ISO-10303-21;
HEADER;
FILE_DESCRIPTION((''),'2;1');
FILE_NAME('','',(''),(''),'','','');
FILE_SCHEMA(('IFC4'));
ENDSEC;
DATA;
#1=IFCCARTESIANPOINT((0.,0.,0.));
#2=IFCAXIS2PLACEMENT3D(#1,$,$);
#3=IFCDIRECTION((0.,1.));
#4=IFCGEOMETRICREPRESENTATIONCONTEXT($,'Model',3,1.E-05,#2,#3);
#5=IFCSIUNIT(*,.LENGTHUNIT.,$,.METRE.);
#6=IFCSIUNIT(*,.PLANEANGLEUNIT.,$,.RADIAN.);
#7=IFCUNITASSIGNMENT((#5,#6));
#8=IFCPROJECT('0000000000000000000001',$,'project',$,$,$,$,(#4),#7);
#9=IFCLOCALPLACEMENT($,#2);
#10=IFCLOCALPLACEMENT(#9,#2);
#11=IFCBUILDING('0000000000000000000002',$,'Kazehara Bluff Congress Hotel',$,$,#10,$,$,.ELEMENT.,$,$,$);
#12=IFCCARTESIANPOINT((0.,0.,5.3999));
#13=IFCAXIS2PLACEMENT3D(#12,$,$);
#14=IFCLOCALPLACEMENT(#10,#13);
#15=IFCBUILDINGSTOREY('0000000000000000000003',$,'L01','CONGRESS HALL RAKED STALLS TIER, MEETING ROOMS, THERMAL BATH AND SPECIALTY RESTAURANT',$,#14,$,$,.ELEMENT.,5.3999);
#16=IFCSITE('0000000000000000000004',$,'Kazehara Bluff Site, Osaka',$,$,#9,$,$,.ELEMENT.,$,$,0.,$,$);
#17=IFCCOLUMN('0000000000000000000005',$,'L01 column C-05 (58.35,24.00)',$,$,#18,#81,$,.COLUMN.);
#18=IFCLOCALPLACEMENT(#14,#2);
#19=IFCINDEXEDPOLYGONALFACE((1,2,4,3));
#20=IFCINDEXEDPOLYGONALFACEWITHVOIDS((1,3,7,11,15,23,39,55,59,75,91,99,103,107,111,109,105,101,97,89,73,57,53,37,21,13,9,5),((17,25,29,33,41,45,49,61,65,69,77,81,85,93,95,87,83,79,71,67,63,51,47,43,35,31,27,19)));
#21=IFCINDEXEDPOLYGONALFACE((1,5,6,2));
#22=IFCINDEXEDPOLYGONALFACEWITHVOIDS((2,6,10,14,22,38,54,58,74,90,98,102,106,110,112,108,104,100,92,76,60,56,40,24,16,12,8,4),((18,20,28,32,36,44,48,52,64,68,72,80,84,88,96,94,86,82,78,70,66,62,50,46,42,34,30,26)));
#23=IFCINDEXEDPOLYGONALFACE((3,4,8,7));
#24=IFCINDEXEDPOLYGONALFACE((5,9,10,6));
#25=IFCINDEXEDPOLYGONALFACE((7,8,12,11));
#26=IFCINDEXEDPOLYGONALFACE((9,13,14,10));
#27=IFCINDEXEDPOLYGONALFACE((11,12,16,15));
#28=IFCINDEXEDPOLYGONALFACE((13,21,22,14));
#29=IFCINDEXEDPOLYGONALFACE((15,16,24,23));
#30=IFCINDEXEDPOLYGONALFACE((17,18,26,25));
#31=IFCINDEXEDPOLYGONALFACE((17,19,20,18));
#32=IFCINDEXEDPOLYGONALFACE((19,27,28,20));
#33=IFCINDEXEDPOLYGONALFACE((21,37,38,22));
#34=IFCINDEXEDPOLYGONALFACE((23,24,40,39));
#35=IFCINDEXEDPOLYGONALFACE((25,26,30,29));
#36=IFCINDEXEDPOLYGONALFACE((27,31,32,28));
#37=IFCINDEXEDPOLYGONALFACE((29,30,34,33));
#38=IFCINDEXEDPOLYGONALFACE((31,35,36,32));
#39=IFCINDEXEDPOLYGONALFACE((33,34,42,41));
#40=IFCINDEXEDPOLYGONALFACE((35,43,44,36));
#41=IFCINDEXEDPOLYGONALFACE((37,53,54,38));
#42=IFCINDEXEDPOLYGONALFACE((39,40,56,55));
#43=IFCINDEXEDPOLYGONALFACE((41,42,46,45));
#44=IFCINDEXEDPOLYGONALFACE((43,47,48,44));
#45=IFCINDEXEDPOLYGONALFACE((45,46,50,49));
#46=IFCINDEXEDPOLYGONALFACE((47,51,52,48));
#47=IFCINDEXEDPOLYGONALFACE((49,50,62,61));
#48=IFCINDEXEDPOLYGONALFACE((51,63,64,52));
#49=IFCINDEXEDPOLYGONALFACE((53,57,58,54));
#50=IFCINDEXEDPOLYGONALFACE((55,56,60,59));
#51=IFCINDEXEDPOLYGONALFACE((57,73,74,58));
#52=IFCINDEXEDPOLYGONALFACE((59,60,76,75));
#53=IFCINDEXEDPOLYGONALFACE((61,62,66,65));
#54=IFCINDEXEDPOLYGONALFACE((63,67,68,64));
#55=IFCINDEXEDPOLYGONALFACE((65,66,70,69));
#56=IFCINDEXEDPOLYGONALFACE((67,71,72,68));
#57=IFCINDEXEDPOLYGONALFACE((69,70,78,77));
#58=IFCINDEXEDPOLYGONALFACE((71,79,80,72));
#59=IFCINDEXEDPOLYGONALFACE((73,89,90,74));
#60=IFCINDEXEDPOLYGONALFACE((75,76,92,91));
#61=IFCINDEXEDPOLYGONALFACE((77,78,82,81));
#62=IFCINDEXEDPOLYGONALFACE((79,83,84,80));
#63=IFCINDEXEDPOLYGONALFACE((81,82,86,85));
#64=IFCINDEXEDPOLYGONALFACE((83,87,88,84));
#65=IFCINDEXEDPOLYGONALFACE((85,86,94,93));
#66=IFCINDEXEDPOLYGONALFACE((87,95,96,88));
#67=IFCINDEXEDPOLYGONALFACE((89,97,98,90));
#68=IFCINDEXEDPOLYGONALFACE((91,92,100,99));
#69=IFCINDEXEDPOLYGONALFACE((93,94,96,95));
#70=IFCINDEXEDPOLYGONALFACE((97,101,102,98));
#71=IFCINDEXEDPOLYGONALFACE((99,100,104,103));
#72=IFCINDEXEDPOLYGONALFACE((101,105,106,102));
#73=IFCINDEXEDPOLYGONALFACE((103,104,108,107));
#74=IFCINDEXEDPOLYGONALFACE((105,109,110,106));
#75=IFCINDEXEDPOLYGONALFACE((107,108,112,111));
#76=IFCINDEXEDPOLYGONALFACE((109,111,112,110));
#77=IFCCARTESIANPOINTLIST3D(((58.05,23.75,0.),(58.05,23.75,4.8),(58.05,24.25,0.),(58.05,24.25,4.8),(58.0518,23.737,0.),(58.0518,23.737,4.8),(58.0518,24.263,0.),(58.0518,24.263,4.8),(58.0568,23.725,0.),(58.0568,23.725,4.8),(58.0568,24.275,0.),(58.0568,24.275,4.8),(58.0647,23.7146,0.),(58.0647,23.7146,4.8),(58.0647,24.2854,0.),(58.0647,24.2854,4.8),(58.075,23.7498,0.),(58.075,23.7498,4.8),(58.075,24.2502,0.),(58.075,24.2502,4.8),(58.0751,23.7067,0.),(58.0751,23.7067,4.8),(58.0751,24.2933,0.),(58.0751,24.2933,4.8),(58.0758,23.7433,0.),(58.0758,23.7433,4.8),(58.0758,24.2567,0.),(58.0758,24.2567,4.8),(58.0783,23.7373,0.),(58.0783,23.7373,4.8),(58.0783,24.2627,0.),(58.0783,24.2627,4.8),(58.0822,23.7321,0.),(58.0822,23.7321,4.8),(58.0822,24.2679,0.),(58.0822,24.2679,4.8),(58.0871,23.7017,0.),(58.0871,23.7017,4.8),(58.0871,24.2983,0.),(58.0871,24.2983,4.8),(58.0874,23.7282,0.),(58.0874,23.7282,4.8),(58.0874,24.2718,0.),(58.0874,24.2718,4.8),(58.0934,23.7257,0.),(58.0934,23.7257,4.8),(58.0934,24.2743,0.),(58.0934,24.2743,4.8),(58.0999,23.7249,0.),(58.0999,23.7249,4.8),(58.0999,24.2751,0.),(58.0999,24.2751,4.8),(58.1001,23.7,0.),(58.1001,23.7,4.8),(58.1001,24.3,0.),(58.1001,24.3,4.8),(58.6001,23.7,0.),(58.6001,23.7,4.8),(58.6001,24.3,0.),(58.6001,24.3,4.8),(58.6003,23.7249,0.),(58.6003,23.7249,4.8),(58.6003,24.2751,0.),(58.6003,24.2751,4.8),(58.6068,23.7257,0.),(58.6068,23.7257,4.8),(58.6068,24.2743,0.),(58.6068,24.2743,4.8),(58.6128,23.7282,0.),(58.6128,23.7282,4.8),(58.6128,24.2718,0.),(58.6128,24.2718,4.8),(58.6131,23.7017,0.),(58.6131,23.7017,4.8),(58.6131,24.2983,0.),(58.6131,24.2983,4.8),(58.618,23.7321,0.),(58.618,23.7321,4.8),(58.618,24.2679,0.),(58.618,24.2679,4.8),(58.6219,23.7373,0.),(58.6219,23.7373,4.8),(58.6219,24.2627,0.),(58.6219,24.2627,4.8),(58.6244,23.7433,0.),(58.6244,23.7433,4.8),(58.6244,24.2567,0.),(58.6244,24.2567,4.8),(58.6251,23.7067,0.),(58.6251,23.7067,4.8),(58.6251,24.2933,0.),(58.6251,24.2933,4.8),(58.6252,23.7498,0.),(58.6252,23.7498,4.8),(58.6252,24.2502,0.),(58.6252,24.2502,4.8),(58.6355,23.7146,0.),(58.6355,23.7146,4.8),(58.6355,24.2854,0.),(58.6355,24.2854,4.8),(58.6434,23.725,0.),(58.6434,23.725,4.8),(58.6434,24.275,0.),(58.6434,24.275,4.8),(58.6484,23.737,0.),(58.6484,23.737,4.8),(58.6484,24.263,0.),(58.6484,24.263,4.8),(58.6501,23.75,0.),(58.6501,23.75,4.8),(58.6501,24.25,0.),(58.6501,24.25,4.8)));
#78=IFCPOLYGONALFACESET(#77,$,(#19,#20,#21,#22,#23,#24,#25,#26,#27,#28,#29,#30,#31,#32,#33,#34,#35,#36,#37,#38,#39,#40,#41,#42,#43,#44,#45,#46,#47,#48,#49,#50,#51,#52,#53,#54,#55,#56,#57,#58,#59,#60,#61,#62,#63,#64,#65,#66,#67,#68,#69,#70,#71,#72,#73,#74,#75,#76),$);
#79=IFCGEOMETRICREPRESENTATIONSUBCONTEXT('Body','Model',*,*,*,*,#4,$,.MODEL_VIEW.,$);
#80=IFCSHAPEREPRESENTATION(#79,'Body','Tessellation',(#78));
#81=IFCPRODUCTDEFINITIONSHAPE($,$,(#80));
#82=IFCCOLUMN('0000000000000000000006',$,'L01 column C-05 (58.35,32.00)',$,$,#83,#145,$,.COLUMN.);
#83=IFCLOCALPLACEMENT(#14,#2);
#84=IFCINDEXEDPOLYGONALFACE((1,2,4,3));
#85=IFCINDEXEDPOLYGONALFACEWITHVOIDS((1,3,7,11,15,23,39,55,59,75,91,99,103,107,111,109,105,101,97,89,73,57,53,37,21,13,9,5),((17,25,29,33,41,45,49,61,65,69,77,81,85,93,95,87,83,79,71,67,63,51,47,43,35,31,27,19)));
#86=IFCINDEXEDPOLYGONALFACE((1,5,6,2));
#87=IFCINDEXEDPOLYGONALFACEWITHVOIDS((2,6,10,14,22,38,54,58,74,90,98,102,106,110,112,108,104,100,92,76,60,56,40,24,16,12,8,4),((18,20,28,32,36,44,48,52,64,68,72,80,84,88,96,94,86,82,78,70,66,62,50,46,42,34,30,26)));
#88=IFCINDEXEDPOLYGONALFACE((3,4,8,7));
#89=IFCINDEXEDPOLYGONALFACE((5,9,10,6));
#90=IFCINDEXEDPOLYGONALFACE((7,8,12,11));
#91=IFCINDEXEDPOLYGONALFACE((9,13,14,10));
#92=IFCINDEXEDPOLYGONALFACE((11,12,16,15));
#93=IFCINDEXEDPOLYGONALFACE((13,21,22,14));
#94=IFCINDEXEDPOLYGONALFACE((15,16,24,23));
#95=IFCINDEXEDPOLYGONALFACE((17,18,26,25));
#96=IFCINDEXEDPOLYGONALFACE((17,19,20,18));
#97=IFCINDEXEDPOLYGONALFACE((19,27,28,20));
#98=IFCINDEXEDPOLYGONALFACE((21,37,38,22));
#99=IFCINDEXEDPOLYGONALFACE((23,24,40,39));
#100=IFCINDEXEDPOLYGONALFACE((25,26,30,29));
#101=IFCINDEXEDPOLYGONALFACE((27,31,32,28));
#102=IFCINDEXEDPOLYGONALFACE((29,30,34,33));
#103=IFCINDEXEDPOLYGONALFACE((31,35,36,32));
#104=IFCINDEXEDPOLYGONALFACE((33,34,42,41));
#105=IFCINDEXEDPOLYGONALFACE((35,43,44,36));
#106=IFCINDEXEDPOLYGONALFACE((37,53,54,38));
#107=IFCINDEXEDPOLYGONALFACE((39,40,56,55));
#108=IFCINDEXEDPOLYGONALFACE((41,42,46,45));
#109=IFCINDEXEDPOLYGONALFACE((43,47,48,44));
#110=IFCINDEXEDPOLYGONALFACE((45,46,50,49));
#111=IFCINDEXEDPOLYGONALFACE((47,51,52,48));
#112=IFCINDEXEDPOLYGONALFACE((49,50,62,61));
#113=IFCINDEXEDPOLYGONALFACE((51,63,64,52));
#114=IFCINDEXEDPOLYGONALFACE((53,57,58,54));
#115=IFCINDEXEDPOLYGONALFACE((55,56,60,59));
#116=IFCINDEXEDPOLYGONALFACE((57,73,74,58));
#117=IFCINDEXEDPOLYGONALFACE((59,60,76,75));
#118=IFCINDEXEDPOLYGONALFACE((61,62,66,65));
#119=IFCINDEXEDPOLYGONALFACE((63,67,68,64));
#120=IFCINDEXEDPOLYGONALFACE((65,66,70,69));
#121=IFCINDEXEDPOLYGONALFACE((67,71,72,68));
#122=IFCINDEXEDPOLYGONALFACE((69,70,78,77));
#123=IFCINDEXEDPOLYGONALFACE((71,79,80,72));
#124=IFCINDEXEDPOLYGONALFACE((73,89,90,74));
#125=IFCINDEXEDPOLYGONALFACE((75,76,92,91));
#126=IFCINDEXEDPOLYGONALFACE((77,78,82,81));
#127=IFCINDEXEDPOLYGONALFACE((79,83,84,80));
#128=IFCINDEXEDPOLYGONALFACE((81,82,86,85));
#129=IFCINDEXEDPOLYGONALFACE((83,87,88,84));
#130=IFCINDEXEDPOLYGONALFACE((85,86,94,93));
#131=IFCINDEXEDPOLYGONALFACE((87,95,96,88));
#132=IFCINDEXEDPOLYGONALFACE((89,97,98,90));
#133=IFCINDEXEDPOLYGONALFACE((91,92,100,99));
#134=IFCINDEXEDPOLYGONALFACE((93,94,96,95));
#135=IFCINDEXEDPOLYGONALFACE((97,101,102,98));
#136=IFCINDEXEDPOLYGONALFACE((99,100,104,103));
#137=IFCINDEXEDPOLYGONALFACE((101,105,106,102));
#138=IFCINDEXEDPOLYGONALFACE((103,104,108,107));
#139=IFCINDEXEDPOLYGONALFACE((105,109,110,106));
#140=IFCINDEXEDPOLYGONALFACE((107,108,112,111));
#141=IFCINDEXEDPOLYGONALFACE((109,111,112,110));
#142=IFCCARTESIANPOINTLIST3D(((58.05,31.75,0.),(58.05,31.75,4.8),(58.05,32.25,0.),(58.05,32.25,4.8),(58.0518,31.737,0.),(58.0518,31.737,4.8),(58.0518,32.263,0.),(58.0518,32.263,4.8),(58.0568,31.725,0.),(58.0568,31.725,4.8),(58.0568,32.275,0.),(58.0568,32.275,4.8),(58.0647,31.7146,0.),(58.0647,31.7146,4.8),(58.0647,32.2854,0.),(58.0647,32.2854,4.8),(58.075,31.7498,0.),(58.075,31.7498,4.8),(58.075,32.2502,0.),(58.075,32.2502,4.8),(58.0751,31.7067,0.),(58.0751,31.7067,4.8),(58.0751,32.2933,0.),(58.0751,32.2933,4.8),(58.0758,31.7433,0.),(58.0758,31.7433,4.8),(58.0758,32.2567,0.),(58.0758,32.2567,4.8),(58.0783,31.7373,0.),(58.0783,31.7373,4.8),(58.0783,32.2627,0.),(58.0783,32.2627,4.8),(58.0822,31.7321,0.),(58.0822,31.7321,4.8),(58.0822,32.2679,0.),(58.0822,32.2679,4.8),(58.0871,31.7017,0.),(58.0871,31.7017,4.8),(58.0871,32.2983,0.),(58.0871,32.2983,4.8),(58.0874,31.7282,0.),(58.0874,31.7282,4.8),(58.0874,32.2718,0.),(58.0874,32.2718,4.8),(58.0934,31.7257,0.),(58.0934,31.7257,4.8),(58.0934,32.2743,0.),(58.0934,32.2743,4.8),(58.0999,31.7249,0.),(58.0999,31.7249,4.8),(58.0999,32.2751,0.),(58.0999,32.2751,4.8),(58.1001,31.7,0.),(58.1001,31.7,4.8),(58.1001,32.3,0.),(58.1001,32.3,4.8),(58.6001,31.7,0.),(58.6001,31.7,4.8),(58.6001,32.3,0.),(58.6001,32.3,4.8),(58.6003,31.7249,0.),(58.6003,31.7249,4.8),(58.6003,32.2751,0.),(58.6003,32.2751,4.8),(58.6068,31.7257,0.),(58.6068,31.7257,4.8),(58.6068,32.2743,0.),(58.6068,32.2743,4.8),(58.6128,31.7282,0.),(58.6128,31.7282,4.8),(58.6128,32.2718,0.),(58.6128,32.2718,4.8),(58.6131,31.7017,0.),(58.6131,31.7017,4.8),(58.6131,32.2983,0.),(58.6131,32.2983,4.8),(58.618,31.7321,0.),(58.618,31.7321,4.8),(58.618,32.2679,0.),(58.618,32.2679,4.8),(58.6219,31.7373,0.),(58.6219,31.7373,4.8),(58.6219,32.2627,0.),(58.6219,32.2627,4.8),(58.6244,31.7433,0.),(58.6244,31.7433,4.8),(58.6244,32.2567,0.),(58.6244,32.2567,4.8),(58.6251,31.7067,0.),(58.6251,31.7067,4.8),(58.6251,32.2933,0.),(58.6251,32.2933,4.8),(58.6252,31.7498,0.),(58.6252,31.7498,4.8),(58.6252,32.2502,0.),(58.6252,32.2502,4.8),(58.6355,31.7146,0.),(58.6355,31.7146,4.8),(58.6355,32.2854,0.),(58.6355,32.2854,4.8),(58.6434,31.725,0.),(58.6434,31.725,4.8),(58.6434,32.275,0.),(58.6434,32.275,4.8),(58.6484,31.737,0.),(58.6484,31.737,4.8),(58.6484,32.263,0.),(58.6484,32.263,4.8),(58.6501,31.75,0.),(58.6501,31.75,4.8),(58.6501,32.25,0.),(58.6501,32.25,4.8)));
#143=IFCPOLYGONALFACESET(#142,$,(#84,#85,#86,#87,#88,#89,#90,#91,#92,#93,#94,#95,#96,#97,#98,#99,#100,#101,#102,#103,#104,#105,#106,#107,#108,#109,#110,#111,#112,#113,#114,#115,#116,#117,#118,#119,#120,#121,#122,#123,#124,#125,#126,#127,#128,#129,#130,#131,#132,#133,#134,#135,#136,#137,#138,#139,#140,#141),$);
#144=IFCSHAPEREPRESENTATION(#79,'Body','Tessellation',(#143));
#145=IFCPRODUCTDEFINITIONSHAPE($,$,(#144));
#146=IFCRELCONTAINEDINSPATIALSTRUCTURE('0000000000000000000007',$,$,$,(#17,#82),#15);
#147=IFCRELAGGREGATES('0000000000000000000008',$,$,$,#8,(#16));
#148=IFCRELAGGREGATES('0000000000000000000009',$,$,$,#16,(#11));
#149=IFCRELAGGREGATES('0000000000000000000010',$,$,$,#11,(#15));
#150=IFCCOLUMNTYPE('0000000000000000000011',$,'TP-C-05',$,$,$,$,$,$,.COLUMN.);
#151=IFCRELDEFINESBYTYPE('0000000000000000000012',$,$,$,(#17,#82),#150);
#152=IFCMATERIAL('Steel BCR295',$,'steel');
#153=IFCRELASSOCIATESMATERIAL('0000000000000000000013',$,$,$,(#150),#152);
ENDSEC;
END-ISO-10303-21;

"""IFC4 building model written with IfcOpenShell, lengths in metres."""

from ifc_helpers import new_model, si_unit, direction, frame, origin, origin_2d, place, context, subcontext, project, spatial, hollow_rectangle, extrude, material, material_profile, profile_set, type_object, element, save


model = new_model("IFC4")

# Units and contexts
model_context = context("Model", 3, precision=1e-05, world=origin(), true_north=direction((0.0, 1.0)))
body_context = subcontext(model_context, "Body", "Model", "MODEL_VIEW")
ifc_project = project(units=[si_unit("LENGTHUNIT", "METRE"), si_unit("PLANEANGLEUNIT", "RADIAN")], contexts=[model_context])

# Site, building, storey
site_placement = place(None, origin())
site = spatial("IfcSite", under=ifc_project, at=site_placement, Name="Kazehara Bluff Site, Osaka", CompositionType="ELEMENT", RefElevation=0.0)
building_placement = place(site_placement, origin())
building = spatial("IfcBuilding", under=site, at=building_placement, Name="Kazehara Bluff Congress Hotel", CompositionType="ELEMENT")
storey_placement = place(building_placement, frame((0.0, 0.0, 5.3999)))
storey = spatial("IfcBuildingStorey", under=building, at=storey_placement, Name="L01", Description="CONGRESS HALL RAKED STALLS TIER, MEETING ROOMS, THERMAL BATH AND SPECIALTY RESTAURANT", CompositionType="ELEMENT", Elevation=5.3999)

# Columns
ifc_material_1 = material(Name="Steel BCR295", Category="steel")
ifc_material_profile_1 = material_profile(ifc_material_1, hollow_rectangle(XDim=0.6001, YDim=0.6001, WallThickness=0.0249, InnerFilletRadius=0.0249, OuterFilletRadius=0.05, at=origin_2d()))
ifc_profile_set_1 = profile_set([ifc_material_profile_1], Name="Steel BCR295")
column_type_1 = type_object("IfcColumnType", Name="TP-C-05", PredefinedType="COLUMN", material=ifc_profile_set_1)
for number, where, z_axis, x_axis, name in (
    (1, (58.3501, 24.0, 0.0), (0.0, 0.0, 1.0), (1.0, 0.0, 0.0), "L01 column C-05 (58.35,24.00)"),
    (2, (58.3501, 32.0, 0.0), (0.0, 0.0, 1.0), (1.0, 0.0, 0.0), "L01 column C-05 (58.35,32.00)"),
):
    element("IfcColumn", number, at=place(storey_placement, frame(where, z_axis=z_axis, x_axis=x_axis)), inside=storey, type_object=column_type_1, Name=name, PredefinedType="COLUMN", context=body_context, shape_type="SweptSolid", body=[
        extrude(hollow_rectangle(XDim=0.6001, YDim=0.6001, WallThickness=0.0249, InnerFilletRadius=0.0249, OuterFilletRadius=0.05, at=origin_2d()), origin(), (0.0, 0.0, 1.0), 4.8),
    ])

save(model, "model.ifc")
